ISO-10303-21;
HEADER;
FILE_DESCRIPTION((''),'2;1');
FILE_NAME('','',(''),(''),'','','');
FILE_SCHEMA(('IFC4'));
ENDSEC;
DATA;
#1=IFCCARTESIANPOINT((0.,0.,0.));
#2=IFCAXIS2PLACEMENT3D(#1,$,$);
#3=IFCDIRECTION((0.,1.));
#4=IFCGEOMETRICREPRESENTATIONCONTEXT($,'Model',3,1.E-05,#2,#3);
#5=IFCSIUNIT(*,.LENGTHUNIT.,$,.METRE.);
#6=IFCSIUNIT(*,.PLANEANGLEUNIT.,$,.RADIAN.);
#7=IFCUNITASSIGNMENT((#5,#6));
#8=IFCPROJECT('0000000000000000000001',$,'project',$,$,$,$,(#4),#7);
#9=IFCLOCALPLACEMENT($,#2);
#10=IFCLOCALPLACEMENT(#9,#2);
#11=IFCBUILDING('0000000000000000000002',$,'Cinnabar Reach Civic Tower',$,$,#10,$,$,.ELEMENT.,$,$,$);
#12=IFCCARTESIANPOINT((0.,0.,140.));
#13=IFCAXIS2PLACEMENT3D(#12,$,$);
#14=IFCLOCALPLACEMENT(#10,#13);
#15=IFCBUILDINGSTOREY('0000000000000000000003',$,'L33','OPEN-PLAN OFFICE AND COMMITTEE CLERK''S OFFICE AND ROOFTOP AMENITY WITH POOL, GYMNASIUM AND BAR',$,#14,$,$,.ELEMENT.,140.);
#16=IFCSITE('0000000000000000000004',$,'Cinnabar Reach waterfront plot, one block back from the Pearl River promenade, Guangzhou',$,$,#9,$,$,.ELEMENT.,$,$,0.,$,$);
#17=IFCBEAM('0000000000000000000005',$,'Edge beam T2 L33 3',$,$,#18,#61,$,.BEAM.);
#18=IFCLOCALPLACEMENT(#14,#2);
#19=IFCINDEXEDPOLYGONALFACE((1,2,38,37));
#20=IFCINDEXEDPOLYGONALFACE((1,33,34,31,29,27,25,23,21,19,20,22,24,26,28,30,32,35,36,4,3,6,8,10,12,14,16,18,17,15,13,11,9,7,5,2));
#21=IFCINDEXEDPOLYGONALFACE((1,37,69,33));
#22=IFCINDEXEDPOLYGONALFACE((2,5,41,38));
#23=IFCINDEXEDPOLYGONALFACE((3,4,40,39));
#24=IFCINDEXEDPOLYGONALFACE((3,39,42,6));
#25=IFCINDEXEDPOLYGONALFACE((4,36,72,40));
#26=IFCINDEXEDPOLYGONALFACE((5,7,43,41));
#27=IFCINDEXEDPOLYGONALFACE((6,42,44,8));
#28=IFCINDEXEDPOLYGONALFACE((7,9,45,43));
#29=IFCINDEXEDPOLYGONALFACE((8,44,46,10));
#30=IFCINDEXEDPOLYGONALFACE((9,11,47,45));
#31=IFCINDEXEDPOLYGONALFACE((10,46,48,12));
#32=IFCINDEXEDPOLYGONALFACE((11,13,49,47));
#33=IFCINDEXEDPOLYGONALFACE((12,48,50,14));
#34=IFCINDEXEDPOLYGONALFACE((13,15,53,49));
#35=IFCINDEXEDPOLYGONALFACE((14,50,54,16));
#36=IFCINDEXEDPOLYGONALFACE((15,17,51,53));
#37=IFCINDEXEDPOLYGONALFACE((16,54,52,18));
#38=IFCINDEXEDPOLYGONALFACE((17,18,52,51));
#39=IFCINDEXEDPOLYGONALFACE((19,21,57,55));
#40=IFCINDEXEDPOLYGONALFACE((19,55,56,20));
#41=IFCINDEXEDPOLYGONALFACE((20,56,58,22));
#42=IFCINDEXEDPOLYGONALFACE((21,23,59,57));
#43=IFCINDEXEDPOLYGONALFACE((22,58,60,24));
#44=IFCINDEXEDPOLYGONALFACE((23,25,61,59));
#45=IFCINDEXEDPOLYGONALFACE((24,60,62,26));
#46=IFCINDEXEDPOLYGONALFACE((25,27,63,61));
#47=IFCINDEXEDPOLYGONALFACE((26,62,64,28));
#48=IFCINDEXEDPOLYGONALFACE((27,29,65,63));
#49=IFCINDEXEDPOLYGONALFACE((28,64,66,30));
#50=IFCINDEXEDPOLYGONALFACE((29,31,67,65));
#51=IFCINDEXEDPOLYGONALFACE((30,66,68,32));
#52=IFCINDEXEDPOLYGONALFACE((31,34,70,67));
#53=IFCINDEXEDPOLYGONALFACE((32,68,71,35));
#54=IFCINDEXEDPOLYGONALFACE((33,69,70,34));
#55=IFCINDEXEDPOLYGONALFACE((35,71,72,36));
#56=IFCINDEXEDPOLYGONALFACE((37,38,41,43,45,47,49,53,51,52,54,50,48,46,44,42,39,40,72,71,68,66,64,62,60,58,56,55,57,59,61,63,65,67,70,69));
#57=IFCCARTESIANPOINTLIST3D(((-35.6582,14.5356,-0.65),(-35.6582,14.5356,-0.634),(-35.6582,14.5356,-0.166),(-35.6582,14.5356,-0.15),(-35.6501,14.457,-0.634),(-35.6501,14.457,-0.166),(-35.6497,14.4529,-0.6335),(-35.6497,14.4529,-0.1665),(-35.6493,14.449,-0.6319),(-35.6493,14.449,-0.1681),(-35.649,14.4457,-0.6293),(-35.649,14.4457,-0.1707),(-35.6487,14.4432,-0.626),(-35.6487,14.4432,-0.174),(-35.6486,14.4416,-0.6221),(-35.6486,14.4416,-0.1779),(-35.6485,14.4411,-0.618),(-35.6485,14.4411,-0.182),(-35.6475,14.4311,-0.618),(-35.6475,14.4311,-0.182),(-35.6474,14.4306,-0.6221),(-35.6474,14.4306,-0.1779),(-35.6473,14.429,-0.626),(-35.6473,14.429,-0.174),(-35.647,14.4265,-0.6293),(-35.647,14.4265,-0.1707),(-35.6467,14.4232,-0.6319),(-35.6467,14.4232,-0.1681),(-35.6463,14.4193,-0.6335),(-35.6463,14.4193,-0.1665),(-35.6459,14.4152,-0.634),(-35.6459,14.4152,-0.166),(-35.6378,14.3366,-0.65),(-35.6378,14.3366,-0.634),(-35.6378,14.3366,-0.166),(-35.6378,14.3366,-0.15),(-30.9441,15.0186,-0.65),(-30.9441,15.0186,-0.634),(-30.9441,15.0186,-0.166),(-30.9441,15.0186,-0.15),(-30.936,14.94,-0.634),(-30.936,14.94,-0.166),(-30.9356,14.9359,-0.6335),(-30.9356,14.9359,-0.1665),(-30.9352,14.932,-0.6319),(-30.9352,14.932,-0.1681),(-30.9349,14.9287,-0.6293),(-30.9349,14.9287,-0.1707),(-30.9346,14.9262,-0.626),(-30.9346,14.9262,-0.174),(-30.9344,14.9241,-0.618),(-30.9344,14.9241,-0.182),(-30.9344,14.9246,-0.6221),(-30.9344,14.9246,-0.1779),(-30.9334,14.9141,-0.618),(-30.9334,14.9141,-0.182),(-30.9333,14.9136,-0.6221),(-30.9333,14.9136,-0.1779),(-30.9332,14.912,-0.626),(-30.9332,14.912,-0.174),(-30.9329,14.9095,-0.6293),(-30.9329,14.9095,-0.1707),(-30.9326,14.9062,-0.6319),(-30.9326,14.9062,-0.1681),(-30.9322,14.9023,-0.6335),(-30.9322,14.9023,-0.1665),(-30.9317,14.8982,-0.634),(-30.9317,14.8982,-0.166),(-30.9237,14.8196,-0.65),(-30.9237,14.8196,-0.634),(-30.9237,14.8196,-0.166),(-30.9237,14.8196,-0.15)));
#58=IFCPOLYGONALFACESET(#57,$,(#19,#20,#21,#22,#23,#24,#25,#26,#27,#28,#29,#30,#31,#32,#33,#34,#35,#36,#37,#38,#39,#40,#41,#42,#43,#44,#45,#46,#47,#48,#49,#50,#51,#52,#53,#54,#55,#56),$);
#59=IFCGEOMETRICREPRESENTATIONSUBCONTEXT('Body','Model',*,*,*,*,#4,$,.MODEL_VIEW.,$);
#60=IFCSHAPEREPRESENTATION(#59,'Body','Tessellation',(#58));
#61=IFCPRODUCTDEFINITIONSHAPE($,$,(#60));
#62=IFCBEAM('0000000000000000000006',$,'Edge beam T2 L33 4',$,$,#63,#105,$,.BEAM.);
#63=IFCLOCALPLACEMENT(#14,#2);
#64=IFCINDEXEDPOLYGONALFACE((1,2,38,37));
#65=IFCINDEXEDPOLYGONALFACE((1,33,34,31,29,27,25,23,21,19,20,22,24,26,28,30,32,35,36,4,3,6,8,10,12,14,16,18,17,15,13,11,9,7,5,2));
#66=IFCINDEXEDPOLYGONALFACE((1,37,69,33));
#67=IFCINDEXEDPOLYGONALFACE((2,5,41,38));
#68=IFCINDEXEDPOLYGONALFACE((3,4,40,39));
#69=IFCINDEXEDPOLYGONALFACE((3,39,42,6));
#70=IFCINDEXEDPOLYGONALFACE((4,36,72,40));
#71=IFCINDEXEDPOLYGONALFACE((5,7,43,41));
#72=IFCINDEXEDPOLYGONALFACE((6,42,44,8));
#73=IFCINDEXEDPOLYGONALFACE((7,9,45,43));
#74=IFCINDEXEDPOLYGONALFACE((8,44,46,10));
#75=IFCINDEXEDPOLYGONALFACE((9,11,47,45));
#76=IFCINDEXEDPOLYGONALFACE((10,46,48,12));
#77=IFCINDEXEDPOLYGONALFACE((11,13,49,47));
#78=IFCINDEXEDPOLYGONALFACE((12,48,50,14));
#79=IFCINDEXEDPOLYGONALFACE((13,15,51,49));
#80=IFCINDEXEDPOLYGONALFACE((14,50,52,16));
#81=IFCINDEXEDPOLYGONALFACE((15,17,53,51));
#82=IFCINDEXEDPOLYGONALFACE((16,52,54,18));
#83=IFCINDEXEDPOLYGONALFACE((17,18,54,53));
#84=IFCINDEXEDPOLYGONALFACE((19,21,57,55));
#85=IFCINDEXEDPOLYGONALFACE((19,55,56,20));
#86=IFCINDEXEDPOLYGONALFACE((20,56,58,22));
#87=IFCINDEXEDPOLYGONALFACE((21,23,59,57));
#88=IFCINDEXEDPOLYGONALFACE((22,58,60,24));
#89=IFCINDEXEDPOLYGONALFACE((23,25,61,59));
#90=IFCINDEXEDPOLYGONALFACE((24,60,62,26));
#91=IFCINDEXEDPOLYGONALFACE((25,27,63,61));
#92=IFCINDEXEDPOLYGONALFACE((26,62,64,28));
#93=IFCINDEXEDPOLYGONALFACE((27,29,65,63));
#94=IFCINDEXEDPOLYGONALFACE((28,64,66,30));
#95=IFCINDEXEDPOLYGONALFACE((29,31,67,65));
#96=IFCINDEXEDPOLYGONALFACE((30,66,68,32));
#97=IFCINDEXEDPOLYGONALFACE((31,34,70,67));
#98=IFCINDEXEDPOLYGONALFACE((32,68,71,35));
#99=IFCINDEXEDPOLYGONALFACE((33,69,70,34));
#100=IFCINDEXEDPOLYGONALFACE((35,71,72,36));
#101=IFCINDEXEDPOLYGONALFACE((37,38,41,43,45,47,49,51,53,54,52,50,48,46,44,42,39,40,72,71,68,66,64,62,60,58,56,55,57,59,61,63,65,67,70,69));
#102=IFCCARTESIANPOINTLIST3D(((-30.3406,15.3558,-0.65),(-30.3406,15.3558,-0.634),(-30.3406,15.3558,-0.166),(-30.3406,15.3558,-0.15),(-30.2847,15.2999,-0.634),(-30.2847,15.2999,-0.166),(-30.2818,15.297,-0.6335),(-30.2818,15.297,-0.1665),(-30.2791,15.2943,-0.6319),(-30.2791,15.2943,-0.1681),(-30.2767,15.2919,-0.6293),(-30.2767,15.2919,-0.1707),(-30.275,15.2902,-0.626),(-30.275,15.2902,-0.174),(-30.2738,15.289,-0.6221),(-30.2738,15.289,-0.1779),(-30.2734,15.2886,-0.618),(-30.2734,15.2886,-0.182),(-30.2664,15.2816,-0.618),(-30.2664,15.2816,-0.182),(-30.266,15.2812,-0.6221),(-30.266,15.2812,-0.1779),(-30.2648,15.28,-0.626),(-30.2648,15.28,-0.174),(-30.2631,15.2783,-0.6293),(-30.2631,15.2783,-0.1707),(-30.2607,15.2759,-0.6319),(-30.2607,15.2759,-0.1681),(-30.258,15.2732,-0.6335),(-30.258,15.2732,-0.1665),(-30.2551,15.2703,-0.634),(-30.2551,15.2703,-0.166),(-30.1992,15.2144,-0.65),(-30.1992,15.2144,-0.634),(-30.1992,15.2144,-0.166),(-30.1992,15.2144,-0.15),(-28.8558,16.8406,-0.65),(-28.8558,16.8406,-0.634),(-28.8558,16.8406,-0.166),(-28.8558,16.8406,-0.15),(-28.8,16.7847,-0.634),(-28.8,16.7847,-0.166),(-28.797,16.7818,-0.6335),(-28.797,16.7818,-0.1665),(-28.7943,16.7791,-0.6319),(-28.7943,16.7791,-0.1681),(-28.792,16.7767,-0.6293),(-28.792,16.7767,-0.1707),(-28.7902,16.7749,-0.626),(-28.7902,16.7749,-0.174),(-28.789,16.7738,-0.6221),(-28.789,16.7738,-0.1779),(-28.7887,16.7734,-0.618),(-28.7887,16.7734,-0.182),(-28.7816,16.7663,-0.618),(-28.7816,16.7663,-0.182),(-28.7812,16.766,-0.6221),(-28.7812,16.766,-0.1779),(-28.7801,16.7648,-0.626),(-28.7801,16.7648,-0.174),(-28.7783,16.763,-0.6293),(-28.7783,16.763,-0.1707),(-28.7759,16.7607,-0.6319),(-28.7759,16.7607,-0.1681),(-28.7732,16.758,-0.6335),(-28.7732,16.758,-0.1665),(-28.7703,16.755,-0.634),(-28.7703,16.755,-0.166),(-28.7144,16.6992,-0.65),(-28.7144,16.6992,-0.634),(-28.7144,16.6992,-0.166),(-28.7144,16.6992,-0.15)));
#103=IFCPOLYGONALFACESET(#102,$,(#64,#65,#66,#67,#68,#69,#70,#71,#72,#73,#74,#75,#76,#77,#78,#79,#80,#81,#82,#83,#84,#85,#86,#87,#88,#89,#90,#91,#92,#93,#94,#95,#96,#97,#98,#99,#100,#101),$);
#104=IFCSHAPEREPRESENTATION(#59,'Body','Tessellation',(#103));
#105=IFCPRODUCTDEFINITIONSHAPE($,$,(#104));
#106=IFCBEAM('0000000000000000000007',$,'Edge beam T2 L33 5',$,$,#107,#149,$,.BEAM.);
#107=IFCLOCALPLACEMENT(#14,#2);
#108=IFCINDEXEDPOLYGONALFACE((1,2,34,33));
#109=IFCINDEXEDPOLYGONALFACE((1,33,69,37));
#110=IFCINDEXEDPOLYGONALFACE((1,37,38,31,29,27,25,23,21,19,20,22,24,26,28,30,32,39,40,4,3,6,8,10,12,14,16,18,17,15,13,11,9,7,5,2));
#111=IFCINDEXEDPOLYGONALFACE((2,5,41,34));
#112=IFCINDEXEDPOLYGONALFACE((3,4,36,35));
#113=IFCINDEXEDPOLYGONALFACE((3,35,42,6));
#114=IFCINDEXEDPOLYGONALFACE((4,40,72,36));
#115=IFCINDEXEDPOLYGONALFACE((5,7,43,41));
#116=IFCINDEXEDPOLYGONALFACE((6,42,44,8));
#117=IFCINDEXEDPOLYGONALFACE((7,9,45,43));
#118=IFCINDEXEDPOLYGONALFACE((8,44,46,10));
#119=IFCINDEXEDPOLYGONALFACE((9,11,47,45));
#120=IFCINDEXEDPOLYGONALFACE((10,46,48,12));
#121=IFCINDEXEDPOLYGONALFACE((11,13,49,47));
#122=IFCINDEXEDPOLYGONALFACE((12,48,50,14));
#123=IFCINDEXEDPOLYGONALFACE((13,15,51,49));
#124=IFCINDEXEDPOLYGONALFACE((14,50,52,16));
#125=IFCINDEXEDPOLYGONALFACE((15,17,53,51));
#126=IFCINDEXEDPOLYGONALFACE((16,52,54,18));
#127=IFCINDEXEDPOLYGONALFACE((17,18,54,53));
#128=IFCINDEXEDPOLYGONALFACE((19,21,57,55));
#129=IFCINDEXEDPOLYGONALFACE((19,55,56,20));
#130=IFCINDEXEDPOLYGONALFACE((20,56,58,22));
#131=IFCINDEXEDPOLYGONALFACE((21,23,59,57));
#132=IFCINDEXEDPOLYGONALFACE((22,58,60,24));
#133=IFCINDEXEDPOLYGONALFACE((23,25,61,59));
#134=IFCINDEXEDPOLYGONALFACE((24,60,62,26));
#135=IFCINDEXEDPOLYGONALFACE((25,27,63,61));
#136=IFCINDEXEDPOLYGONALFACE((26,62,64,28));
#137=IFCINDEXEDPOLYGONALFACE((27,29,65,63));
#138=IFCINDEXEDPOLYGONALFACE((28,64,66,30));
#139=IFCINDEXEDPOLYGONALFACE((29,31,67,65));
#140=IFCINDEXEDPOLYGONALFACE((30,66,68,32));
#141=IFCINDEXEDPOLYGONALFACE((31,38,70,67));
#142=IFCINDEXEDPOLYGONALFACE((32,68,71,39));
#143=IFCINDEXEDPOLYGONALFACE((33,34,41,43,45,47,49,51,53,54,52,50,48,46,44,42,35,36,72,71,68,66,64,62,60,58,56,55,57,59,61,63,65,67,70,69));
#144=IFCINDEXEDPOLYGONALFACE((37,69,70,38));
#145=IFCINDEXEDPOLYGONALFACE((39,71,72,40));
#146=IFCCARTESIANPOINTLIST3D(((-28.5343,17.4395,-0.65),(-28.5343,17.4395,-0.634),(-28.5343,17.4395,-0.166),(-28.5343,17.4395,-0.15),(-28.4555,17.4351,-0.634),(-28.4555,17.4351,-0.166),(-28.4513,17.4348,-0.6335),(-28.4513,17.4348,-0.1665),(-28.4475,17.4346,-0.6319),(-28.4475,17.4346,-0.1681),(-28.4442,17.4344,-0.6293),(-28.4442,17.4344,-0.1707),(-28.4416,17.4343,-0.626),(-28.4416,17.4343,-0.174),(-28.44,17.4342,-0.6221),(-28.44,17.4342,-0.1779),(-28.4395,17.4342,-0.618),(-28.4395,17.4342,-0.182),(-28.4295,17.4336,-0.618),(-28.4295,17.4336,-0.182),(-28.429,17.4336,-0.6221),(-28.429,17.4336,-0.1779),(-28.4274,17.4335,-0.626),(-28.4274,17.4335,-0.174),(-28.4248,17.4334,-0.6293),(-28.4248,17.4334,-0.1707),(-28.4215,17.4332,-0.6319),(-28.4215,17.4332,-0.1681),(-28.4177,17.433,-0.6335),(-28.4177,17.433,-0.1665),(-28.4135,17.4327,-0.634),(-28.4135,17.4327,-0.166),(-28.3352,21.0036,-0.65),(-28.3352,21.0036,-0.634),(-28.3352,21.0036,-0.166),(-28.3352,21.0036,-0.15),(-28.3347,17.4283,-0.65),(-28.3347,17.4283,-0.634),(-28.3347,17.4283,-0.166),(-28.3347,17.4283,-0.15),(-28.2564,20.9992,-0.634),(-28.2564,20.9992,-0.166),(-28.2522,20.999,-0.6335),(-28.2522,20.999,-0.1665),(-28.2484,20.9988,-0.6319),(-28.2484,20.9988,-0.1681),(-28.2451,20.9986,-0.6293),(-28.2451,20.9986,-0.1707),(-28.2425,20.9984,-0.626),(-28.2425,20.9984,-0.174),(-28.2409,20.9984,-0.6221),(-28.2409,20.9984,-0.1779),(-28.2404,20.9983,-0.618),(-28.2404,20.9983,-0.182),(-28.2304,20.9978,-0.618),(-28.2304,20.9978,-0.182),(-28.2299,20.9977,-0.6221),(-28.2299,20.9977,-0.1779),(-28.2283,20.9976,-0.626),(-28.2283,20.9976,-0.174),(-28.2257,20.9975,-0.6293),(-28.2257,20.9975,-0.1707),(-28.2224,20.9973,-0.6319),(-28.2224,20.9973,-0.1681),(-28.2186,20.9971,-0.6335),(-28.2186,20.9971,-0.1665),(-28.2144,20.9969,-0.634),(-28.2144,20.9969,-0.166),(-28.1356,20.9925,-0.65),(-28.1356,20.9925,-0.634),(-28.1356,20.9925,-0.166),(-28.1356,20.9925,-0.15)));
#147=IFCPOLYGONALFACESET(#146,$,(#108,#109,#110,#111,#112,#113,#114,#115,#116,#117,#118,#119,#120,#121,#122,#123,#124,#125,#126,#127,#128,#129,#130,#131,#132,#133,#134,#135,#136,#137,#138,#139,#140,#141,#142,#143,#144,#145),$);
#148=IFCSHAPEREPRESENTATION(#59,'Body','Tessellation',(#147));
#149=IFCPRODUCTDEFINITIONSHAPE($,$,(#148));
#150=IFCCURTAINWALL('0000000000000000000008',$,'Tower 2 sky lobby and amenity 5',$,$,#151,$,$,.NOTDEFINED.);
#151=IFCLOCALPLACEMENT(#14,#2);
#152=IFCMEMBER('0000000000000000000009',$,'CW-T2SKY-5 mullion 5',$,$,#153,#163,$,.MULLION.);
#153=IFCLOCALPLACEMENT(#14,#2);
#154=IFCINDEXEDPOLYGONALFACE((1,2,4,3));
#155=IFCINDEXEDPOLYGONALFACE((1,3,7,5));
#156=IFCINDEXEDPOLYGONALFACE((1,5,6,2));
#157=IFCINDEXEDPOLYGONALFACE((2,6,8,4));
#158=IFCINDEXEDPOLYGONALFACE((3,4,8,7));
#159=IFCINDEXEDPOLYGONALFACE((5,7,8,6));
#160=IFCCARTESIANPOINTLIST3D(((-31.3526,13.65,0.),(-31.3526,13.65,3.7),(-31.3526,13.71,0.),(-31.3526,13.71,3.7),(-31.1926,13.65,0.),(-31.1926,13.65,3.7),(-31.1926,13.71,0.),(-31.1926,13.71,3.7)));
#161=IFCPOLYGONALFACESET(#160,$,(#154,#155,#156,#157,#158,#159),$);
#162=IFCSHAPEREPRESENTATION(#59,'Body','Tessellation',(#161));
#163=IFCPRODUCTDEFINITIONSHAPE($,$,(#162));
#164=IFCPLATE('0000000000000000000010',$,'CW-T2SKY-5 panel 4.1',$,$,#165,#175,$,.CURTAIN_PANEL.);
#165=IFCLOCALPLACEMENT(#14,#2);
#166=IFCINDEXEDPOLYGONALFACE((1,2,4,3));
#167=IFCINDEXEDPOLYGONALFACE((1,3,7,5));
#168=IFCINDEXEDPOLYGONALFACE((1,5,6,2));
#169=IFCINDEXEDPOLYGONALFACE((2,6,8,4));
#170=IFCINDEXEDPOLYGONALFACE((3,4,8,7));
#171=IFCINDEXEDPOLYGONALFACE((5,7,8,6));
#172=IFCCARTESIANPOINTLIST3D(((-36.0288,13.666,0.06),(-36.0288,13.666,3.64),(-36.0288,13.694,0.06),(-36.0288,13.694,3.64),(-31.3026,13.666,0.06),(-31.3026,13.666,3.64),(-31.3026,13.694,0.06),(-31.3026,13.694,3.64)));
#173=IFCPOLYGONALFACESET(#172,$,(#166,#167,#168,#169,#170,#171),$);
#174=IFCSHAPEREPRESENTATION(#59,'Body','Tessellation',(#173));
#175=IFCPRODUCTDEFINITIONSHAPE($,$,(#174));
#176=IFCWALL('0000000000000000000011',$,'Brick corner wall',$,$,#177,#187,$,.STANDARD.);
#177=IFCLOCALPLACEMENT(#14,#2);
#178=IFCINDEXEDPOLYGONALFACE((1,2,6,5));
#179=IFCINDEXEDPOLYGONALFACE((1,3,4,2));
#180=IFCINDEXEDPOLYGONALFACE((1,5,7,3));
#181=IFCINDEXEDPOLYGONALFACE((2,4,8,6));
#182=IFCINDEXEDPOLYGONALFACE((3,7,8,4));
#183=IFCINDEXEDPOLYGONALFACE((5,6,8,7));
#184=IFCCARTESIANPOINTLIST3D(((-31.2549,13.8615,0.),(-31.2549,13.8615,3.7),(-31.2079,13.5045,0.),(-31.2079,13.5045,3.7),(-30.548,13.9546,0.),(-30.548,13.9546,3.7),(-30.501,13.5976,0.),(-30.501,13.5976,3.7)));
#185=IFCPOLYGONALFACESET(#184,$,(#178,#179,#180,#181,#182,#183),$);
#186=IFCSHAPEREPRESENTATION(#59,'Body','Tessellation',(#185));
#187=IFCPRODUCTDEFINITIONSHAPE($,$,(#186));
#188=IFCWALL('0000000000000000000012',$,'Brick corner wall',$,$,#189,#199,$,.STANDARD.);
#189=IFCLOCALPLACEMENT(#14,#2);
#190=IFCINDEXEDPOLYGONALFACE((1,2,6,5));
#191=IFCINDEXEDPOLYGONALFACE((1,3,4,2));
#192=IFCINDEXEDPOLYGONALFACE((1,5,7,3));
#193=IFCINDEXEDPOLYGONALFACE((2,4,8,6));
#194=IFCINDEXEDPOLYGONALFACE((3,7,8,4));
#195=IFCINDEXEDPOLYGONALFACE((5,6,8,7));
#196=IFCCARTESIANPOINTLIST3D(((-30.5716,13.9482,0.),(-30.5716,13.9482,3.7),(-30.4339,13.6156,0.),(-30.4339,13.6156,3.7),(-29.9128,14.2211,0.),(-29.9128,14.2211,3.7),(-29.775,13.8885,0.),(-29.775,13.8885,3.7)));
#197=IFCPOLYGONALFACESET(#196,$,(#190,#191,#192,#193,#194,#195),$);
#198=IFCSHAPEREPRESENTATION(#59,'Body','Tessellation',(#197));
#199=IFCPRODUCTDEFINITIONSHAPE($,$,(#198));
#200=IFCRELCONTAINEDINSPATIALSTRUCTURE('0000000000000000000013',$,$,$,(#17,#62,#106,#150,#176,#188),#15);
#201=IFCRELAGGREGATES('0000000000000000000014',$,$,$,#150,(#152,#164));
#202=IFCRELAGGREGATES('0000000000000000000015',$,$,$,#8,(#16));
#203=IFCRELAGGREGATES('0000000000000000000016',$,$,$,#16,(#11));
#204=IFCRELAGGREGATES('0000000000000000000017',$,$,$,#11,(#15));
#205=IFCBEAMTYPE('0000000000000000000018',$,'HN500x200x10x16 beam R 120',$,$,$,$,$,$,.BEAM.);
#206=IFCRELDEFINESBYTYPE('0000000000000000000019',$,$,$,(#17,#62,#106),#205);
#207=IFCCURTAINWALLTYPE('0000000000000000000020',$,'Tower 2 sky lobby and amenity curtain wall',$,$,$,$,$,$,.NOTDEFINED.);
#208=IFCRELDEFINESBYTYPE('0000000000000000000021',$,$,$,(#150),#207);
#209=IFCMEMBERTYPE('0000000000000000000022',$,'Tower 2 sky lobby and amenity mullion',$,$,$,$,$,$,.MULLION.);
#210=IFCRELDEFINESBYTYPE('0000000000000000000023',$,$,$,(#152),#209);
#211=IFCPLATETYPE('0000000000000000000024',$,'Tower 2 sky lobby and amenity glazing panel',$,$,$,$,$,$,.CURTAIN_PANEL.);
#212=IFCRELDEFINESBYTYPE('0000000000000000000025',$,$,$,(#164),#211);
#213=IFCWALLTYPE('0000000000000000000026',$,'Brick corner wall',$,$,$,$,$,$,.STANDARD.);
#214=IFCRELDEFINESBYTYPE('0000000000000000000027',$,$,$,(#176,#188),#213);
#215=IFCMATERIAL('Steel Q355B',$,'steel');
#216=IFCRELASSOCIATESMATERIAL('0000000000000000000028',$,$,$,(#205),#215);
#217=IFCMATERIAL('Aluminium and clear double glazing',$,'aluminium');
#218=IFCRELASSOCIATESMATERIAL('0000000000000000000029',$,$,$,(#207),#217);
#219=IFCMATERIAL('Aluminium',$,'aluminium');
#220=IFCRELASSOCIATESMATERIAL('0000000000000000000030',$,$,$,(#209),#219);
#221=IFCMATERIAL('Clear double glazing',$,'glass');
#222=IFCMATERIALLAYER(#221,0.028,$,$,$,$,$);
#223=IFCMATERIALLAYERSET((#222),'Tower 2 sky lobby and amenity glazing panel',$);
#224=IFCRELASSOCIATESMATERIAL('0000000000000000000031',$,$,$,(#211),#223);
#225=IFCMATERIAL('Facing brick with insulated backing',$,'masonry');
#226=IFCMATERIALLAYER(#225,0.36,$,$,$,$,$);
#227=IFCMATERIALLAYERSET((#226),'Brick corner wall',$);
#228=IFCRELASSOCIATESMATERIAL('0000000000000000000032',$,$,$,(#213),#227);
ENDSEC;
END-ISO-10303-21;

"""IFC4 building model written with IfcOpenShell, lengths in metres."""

from ifc_helpers import new_model, si_unit, direction, frame, frame_2d, origin, origin_2d, place, context, subcontext, project, spatial, rectangle, i_section, extrude, material, layer, layer_set, material_profile, profile_set, type_object, element, aggregate, save


model = new_model("IFC4")

# Units and contexts
model_context = context("Model", 3, precision=1e-05, world=origin(), true_north=direction((0.0, 1.0)))
body_context = subcontext(model_context, "Body", "Model", "MODEL_VIEW")
ifc_project = project(units=[si_unit("LENGTHUNIT", "METRE"), si_unit("PLANEANGLEUNIT", "RADIAN")], contexts=[model_context])

# Site, building, storey
site_placement = place(None, origin())
site = spatial("IfcSite", under=ifc_project, at=site_placement, Name="Cinnabar Reach waterfront plot, one block back from the Pearl River promenade, Guangzhou", CompositionType="ELEMENT", RefElevation=0.0)
building_placement = place(site_placement, origin())
building = spatial("IfcBuilding", under=site, at=building_placement, Name="Cinnabar Reach Civic Tower", CompositionType="ELEMENT")
storey_placement = place(building_placement, frame((0.0, 0.0, 140.0)))
storey = spatial("IfcBuildingStorey", under=building, at=storey_placement, Name="L33", Description="OPEN-PLAN OFFICE AND COMMITTEE CLERK'S OFFICE AND ROOFTOP AMENITY WITH POOL, GYMNASIUM AND BAR", CompositionType="ELEMENT", Elevation=140.0)

# Beams
ifc_material_1 = material(Name="Steel Q355B", Category="steel")
ifc_material_profile_1 = material_profile(ifc_material_1, i_section(OverallWidth=0.2, OverallDepth=0.5, WebThickness=0.01, FlangeThickness=0.016, FilletRadius=0.016, at=origin_2d()), Name="HN500x200x10x16")
ifc_profile_set_1 = profile_set([ifc_material_profile_1], Name="Steel Q355B")
beam_type_1 = type_object("IfcBeamType", Name="HN500x200x10x16 beam R 120", PredefinedType="BEAM", material=ifc_profile_set_1)
beam_1_placement = place(storey_placement, frame((-35.648, 14.4361, -0.4), z_axis=(0.994792, 0.101925, 0.0), x_axis=(-0.101925, 0.994792, 0.0)))
element("IfcBeam", 1, at=beam_1_placement, inside=storey, type_object=beam_type_1, Name="Edge beam T2 L33 3", PredefinedType="BEAM", context=body_context, shape_type="SweptSolid", body=[
    extrude(i_section(OverallWidth=0.2, OverallDepth=0.5, WebThickness=0.01, FlangeThickness=0.016, FilletRadius=0.016, at=origin_2d()), origin(), (0.0, 0.0, 1.0), 4.7388),
])
beam_2_placement = place(storey_placement, frame((-30.2699, 15.2851, -0.4), z_axis=(0.707107, 0.707107, 0.0), x_axis=(-0.707107, 0.707107, 0.0)))
element("IfcBeam", 2, at=beam_2_placement, inside=storey, type_object=beam_type_1, Name="Edge beam T2 L33 4", PredefinedType="BEAM", context=body_context, shape_type="SweptSolid", body=[
    extrude(i_section(OverallWidth=0.2, OverallDepth=0.5, WebThickness=0.01, FlangeThickness=0.016, FilletRadius=0.016, at=origin_2d()), origin(), (0.0, 0.0, 1.0), 2.0998),
])
beam_3_placement = place(storey_placement, frame((-28.4345, 17.4339, -0.4), z_axis=(0.055776, 0.998443, 0.0), x_axis=(-0.998443, 0.055776, 0.0)))
element("IfcBeam", 3, at=beam_3_placement, inside=storey, type_object=beam_type_1, Name="Edge beam T2 L33 5", PredefinedType="BEAM", context=body_context, shape_type="SweptSolid", body=[
    extrude(i_section(OverallWidth=0.2, OverallDepth=0.5, WebThickness=0.01, FlangeThickness=0.016, FilletRadius=0.016, at=origin_2d()), origin(), (0.0, 0.0, 1.0), 3.5697),
])

# Curtain wall, member, plate
ifc_material_2 = material(Name="Aluminium and clear double glazing", Category="aluminium")
curtain_wall_type = type_object("IfcCurtainWallType", Name="Tower 2 sky lobby and amenity curtain wall", PredefinedType="NOTDEFINED", material=ifc_material_2)
curtain_wall_placement = place(storey_placement, origin())
curtain_wall = element("IfcCurtainWall", 4, at=curtain_wall_placement, inside=storey, type_object=curtain_wall_type, Name="Tower 2 sky lobby and amenity 5", PredefinedType="NOTDEFINED")
ifc_material_3 = material(Name="Aluminium", Category="aluminium")
ifc_material_profile_2 = material_profile(ifc_material_3, rectangle(XDim=0.06, YDim=0.16, at=origin_2d()), Name="Tower 2 sky lobby and amenity mullion")
ifc_profile_set_2 = profile_set([ifc_material_profile_2], Name="Aluminium")
member_type = type_object("IfcMemberType", Name="Tower 2 sky lobby and amenity mullion", PredefinedType="MULLION", material=ifc_profile_set_2)
member_placement = place(storey_placement, frame((-31.2726, 13.68, 0.0), z_axis=(0.0, 0.0, 1.0), x_axis=(0.0, 1.0, 0.0)))
member = element("IfcMember", 5, at=member_placement, type_object=member_type, Name="CW-T2SKY-5 mullion 5", PredefinedType="MULLION", context=body_context, shape_type="SweptSolid", body=[
    extrude(rectangle(XDim=0.06, YDim=0.16, at=origin_2d()), origin(), (0.0, 0.0, 1.0), 3.7),
])
ifc_material_4 = material(Name="Clear double glazing", Category="glass")
ifc_layer_1 = layer(ifc_material_4, 0.028)
ifc_layer_set_1 = layer_set([ifc_layer_1], Name="Tower 2 sky lobby and amenity glazing panel")
plate_type = type_object("IfcPlateType", Name="Tower 2 sky lobby and amenity glazing panel", PredefinedType="CURTAIN_PANEL", material=ifc_layer_set_1)
plate_placement = place(storey_placement, frame((-33.6657, 13.68, 0.06), z_axis=(0.0, 0.0, 1.0), x_axis=(1.0, 0.0, 0.0)))
plate = element("IfcPlate", 6, at=plate_placement, type_object=plate_type, Name="CW-T2SKY-5 panel 4.1", PredefinedType="CURTAIN_PANEL", context=body_context, shape_type="SweptSolid", body=[
    extrude(rectangle(XDim=4.7262, YDim=0.028, at=origin_2d()), origin(), (0.0, 0.0, 1.0), 3.58),
])
aggregate(curtain_wall, [member, plate])

# Walls
ifc_material_5 = material(Name="Facing brick with insulated backing", Category="masonry")
ifc_layer_2 = layer(ifc_material_5, 0.36)
ifc_layer_set_2 = layer_set([ifc_layer_2], Name="Brick corner wall")
wall_type_1 = type_object("IfcWallType", Name="Brick corner wall", PredefinedType="STANDARD", material=ifc_layer_set_2)
for number, where, z_axis, x_axis, name in (
    (7, (-31.2314, 13.683, 0.0), (0.0, 0.0, 1.0), (0.991441, 0.130556, 0.0), "Brick corner wall"),
    (8, (-30.5027, 13.7819, 0.0), (0.0, 0.0, 1.0), (0.923872, 0.382703, 0.0), "Brick corner wall"),
):
    element("IfcWall", number, at=place(storey_placement, frame(where, z_axis=z_axis, x_axis=x_axis)), inside=storey, type_object=wall_type_1, Name=name, PredefinedType="STANDARD", context=body_context, shape_type="SweptSolid", body=[
        extrude(rectangle(XDim=0.7131, YDim=0.36, at=frame_2d((0.3565, 0.0))), origin(), (0.0, 0.0, 1.0), 3.7),
    ])

save(model, "model.ifc")
